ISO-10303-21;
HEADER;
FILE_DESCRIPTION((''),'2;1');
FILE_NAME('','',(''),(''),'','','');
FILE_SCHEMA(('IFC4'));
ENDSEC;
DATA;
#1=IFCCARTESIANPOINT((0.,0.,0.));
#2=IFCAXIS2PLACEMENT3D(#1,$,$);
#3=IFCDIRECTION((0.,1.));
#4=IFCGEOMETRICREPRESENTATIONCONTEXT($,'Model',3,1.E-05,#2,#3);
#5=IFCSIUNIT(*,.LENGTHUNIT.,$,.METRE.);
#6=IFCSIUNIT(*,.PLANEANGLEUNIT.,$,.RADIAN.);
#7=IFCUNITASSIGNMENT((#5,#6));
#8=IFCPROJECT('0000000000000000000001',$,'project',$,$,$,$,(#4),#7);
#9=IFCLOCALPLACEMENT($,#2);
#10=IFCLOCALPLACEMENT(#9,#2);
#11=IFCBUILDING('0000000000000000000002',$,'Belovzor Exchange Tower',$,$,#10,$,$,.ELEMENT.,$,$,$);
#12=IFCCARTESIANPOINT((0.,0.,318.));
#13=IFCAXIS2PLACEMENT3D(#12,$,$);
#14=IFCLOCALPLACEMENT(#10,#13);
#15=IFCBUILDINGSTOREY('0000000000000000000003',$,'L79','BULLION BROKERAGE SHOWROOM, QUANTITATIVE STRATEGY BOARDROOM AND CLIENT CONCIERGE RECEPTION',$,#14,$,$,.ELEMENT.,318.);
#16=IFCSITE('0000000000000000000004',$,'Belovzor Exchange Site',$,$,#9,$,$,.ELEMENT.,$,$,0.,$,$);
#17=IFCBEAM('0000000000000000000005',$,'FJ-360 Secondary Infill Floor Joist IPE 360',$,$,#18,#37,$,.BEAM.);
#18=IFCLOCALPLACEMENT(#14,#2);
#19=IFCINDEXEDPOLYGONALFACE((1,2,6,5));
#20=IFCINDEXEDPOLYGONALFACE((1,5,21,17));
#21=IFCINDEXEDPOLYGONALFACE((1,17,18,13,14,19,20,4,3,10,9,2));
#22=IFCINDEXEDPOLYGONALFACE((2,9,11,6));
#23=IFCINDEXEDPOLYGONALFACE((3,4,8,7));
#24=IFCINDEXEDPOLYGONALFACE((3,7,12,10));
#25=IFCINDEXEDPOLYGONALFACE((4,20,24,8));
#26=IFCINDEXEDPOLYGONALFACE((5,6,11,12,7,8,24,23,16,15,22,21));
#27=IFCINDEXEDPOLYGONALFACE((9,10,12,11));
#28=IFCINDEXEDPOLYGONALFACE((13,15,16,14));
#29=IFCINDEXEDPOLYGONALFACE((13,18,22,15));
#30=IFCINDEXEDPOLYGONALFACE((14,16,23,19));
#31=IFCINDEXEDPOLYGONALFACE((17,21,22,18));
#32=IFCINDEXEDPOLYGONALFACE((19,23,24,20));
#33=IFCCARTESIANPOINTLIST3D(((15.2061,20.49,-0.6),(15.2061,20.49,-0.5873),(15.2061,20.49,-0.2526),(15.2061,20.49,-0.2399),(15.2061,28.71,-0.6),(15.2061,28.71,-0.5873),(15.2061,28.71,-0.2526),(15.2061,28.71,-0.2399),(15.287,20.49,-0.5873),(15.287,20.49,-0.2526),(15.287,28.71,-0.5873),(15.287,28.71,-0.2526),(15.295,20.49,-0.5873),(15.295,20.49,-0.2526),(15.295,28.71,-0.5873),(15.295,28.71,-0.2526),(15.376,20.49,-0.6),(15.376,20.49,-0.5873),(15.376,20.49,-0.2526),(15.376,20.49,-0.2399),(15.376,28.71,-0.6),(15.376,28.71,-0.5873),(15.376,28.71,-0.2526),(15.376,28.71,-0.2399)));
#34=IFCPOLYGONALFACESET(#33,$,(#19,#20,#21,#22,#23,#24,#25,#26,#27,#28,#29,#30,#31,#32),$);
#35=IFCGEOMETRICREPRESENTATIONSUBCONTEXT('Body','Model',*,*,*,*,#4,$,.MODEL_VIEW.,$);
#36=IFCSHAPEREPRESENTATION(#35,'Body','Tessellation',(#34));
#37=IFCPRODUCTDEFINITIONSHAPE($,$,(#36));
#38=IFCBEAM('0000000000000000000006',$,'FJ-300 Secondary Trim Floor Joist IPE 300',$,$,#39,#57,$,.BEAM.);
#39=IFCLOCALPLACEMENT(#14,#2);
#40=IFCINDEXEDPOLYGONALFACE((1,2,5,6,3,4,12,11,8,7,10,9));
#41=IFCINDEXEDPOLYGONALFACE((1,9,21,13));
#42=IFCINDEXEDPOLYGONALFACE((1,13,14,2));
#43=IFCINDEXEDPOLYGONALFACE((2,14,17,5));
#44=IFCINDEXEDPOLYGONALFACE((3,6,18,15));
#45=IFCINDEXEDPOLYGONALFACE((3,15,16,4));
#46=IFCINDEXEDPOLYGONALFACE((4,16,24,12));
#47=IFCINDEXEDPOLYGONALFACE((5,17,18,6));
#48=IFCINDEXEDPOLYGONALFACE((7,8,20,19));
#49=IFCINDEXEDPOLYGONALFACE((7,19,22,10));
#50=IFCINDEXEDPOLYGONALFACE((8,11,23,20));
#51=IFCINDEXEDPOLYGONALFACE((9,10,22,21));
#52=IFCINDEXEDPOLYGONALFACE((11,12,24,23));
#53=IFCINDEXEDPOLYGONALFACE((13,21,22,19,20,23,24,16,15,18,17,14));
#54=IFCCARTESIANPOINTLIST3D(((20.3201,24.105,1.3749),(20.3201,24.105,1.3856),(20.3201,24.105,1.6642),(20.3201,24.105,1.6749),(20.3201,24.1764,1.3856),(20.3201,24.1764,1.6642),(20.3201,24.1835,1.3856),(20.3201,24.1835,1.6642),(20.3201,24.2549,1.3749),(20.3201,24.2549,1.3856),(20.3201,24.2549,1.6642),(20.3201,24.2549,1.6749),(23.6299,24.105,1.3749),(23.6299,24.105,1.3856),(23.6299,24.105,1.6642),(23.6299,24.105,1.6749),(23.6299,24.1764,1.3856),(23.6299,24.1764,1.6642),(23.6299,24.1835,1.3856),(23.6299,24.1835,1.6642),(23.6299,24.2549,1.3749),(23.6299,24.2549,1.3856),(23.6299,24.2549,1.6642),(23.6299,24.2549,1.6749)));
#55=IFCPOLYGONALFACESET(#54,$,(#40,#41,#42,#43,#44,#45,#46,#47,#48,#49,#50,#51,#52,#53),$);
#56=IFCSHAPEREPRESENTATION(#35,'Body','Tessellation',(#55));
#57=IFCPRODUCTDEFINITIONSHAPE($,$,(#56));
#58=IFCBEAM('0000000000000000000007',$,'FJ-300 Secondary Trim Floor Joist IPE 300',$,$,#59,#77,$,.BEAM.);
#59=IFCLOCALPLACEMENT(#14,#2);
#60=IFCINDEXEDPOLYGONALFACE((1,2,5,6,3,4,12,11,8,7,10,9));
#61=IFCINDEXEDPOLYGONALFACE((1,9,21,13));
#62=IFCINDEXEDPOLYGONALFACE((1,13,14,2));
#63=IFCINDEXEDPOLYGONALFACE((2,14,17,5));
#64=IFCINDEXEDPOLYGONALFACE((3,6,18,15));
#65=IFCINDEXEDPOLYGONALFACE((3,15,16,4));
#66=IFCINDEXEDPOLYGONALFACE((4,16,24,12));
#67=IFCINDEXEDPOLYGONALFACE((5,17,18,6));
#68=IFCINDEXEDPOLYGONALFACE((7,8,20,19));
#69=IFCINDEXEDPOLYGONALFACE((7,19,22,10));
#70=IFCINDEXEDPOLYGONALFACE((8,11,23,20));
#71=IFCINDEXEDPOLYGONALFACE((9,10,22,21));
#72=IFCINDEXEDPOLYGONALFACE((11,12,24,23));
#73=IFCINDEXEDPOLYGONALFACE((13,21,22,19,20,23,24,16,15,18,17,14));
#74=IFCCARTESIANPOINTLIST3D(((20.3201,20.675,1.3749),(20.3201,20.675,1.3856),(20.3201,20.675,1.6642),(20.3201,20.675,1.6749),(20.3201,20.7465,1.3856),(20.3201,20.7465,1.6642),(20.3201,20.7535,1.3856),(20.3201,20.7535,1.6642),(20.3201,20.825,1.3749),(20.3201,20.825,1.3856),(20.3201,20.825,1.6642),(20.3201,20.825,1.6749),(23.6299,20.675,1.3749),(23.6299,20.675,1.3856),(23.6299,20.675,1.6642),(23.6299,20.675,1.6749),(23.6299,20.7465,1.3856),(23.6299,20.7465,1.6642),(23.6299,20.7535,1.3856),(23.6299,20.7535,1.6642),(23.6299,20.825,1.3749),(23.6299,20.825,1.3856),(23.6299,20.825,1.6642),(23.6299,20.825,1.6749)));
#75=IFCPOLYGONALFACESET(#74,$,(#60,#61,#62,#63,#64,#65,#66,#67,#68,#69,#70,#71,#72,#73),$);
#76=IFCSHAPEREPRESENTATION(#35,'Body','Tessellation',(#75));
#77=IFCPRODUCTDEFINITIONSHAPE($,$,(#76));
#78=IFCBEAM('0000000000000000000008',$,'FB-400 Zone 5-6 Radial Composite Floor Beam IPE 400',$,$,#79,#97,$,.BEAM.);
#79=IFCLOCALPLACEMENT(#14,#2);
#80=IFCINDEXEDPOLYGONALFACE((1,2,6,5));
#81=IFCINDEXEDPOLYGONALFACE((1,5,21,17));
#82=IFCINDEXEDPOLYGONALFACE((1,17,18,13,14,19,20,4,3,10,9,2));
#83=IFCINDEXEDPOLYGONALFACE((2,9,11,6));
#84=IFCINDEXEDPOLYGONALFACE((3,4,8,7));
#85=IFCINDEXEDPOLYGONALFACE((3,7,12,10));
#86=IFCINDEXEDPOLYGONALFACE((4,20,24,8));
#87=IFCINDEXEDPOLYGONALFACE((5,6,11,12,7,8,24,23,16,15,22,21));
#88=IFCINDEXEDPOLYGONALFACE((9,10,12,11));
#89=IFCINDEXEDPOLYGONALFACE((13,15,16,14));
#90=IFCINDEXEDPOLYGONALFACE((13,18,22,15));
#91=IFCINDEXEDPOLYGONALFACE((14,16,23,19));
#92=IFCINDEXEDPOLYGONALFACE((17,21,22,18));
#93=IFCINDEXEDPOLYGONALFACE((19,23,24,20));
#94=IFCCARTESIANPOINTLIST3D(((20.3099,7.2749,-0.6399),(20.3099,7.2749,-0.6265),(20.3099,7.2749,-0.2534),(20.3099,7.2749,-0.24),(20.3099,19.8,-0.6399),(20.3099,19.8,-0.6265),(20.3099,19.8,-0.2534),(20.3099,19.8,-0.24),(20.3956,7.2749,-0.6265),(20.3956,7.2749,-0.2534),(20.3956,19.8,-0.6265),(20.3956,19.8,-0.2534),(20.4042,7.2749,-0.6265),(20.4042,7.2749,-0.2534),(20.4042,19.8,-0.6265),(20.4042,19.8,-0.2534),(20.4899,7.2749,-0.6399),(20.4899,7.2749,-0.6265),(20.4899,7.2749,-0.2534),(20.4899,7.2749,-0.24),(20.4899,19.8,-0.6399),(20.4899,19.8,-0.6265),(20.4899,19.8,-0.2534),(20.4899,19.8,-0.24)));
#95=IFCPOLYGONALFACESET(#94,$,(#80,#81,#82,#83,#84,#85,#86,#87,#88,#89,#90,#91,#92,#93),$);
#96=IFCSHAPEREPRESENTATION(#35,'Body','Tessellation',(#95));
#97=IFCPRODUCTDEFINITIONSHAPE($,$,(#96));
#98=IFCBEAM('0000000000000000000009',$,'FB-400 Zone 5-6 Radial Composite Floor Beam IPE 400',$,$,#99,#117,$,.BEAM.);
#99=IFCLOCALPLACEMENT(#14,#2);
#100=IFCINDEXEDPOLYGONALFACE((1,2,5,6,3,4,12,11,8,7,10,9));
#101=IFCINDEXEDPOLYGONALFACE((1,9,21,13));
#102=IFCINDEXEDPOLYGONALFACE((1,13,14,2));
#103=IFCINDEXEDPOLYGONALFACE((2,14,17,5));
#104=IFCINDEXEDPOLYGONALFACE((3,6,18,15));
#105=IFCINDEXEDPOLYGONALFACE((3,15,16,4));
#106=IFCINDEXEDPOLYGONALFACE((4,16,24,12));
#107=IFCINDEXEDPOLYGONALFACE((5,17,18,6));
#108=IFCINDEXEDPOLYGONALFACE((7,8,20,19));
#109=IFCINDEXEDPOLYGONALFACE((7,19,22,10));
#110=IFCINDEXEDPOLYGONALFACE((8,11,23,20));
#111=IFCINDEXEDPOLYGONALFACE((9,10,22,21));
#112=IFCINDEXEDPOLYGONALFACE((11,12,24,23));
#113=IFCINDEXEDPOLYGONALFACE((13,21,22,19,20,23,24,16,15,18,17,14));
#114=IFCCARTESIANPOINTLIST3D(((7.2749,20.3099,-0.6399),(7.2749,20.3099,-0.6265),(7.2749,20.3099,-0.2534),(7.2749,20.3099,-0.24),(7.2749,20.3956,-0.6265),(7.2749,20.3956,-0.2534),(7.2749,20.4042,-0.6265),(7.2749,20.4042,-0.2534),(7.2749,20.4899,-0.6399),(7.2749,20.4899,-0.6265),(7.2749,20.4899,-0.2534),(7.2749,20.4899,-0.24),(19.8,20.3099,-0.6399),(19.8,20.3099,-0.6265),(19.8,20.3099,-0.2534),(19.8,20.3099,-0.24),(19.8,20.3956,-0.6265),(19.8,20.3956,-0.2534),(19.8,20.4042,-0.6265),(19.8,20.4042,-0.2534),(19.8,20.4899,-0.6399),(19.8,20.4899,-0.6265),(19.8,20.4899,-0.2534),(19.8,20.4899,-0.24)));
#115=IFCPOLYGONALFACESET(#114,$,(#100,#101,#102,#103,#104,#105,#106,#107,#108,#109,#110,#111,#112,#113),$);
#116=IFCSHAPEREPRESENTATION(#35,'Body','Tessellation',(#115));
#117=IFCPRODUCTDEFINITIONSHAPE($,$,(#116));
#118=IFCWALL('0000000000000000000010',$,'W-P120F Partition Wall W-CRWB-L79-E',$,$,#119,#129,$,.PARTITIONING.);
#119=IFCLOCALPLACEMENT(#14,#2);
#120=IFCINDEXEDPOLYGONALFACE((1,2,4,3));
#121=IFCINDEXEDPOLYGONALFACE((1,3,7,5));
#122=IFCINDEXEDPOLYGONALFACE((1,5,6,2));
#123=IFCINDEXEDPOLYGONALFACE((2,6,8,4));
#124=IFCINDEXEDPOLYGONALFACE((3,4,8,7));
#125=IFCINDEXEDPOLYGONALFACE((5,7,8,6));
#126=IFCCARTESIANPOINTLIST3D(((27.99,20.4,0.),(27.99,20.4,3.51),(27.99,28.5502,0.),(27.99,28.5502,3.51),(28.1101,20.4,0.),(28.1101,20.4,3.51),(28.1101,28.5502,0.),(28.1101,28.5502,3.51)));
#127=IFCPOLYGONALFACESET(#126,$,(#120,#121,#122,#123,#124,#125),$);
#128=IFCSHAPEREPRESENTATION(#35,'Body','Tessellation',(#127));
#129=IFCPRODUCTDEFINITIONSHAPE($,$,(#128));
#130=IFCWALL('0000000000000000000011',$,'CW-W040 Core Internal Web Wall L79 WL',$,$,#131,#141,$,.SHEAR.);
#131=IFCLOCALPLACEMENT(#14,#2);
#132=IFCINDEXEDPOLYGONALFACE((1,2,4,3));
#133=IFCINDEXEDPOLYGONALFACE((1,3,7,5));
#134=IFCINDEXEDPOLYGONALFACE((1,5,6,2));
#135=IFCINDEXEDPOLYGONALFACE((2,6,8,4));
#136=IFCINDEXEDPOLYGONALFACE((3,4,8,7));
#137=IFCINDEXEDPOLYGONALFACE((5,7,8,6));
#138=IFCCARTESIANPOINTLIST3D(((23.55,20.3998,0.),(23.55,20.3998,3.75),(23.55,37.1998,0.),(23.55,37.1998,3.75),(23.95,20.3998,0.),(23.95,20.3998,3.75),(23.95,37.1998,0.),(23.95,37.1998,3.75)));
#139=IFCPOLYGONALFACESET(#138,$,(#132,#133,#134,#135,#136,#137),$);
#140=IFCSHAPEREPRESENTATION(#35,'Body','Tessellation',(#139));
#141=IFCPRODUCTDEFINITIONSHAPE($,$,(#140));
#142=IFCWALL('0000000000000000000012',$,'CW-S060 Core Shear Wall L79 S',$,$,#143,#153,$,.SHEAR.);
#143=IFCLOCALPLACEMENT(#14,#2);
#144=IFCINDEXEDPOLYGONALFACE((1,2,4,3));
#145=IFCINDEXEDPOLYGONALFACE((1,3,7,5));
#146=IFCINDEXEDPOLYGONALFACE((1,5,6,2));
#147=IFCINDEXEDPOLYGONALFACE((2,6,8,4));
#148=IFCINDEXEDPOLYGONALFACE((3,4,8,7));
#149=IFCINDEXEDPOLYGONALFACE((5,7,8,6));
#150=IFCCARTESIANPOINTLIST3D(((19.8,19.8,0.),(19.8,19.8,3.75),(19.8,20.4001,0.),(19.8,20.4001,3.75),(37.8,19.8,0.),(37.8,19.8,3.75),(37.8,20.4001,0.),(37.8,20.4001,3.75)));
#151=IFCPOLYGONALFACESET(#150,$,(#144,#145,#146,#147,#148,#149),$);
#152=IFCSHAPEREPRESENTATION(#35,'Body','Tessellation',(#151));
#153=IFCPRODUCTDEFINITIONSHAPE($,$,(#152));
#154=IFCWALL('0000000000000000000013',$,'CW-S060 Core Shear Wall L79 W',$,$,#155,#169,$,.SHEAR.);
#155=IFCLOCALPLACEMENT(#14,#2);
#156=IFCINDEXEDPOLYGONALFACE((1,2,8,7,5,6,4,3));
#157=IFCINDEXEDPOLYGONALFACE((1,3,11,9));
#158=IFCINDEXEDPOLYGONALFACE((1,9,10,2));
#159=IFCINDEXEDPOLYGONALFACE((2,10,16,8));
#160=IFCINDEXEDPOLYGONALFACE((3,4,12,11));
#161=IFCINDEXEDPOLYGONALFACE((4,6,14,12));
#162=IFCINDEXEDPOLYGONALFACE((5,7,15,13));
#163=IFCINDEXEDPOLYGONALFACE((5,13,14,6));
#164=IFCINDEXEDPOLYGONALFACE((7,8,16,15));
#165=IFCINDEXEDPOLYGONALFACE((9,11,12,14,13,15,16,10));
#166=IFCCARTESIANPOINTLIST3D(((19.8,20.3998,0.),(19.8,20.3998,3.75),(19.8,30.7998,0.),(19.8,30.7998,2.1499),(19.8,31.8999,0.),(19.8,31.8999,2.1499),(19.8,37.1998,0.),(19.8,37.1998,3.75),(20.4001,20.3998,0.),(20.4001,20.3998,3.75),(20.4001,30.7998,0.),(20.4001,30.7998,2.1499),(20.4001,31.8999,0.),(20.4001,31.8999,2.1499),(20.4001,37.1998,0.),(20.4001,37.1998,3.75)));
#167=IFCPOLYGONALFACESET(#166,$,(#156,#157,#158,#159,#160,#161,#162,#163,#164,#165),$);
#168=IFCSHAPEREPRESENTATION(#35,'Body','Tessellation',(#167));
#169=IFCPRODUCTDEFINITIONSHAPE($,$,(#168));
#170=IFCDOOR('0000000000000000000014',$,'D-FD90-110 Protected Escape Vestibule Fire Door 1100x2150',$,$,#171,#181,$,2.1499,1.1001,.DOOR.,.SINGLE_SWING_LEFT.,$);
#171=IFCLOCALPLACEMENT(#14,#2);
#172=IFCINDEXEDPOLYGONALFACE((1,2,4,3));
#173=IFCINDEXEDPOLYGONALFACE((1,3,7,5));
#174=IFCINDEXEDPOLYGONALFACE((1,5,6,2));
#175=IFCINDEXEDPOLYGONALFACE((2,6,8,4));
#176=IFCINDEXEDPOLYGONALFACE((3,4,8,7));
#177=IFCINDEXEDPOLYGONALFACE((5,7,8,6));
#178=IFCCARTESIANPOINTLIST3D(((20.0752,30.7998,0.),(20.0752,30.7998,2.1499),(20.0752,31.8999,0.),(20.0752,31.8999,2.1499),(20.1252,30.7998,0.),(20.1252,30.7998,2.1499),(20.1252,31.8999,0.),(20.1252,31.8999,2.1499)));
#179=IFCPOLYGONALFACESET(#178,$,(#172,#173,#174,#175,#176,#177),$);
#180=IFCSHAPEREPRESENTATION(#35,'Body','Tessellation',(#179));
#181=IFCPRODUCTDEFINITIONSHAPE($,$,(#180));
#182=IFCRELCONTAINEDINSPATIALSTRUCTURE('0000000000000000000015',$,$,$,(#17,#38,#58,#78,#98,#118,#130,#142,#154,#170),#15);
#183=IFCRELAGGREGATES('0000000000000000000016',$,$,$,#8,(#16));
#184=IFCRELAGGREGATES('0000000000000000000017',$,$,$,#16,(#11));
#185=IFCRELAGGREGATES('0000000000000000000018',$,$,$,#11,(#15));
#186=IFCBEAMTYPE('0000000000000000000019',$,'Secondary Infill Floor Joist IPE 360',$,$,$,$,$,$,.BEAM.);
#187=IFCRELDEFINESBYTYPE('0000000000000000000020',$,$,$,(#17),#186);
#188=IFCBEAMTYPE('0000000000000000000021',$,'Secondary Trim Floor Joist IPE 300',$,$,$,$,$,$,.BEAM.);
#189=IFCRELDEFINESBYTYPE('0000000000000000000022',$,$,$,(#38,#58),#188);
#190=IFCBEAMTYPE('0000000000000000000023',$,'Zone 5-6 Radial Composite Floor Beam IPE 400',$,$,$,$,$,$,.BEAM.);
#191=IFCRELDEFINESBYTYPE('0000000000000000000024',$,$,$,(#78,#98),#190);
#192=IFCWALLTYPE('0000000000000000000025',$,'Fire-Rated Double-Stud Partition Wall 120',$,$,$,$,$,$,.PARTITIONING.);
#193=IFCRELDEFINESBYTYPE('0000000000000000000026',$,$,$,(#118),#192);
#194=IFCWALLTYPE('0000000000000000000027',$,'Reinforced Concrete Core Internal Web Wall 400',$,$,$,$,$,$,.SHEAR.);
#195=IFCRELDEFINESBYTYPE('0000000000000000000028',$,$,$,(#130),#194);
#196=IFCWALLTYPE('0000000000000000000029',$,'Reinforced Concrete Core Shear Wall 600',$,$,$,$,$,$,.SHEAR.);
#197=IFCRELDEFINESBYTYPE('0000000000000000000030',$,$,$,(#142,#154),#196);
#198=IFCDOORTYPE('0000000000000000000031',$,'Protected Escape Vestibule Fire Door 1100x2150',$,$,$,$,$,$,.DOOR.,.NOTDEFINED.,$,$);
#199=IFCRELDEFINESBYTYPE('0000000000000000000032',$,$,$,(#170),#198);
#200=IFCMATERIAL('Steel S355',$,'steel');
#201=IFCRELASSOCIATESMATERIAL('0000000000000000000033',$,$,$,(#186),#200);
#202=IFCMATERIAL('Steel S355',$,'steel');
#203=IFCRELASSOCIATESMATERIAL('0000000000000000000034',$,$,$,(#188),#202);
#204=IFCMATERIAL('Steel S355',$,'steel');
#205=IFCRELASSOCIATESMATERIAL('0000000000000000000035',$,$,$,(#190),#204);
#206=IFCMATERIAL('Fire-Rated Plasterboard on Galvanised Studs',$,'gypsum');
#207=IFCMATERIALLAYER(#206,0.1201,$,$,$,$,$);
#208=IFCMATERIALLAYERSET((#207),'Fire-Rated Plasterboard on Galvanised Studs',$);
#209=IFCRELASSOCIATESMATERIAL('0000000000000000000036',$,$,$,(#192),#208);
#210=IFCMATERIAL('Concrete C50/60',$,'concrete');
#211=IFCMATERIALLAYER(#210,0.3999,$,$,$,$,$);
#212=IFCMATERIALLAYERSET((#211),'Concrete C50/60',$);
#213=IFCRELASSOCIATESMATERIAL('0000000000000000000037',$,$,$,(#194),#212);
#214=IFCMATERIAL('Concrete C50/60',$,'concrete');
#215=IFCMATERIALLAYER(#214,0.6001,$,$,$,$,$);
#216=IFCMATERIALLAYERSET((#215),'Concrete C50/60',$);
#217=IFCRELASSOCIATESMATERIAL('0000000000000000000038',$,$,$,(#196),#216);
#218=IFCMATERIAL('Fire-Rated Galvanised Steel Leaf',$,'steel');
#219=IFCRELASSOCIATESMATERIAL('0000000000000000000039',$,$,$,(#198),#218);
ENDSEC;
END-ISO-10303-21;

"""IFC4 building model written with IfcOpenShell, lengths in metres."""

from ifc_helpers import new_model, si_unit, direction, frame, frame_2d, origin, origin_2d, place, context, subcontext, project, spatial, rectangle, i_section, extrude, material, layer, layer_set, material_profile, profile_set, type_object, element, fill, save


model = new_model("IFC4")

# Units and contexts
model_context = context("Model", 3, precision=1e-05, world=origin(), true_north=direction((0.0, 1.0)))
body_context = subcontext(model_context, "Body", "Model", "MODEL_VIEW")
ifc_project = project(units=[si_unit("LENGTHUNIT", "METRE"), si_unit("PLANEANGLEUNIT", "RADIAN")], contexts=[model_context])

# Site, building, storey
site_placement = place(None, origin())
site = spatial("IfcSite", under=ifc_project, at=site_placement, Name="Belovzor Exchange Site", CompositionType="ELEMENT", RefElevation=0.0)
building_placement = place(site_placement, origin())
building = spatial("IfcBuilding", under=site, at=building_placement, Name="Belovzor Exchange Tower", CompositionType="ELEMENT")
storey_placement = place(building_placement, frame((0.0, 0.0, 318.0)))
storey = spatial("IfcBuildingStorey", under=building, at=storey_placement, Name="L79", Description="BULLION BROKERAGE SHOWROOM, QUANTITATIVE STRATEGY BOARDROOM AND CLIENT CONCIERGE RECEPTION", CompositionType="ELEMENT", Elevation=318.0)

# Beams
ifc_material_1 = material(Name="Steel S355", Category="steel")
ifc_material_profile_1 = material_profile(ifc_material_1, i_section(OverallWidth=0.1699, OverallDepth=0.3601, WebThickness=0.0081, FlangeThickness=0.0127, at=origin_2d()))
ifc_profile_set_1 = profile_set([ifc_material_profile_1], Name="Steel S355")
beam_type_1 = type_object("IfcBeamType", Name="Secondary Infill Floor Joist IPE 360", PredefinedType="BEAM", material=ifc_profile_set_1)
beam_placement = place(storey_placement, frame((15.291, 20.49, -0.4199), z_axis=(0.0, 1.0, 0.0), x_axis=(-1.0, 0.0, 0.0)))
element("IfcBeam", 1, at=beam_placement, inside=storey, type_object=beam_type_1, Name="FJ-360 Secondary Infill Floor Joist IPE 360", PredefinedType="BEAM", context=body_context, shape_type="SweptSolid", body=[
    extrude(i_section(OverallWidth=0.1699, OverallDepth=0.3601, WebThickness=0.0081, FlangeThickness=0.0127, at=origin_2d()), origin(), (0.0, 0.0, 1.0), 8.22),
])
ifc_material_2 = material(Name="Steel S355", Category="steel")
ifc_material_profile_2 = material_profile(ifc_material_2, i_section(OverallWidth=0.1499, OverallDepth=0.3, WebThickness=0.0071, FlangeThickness=0.0107, at=origin_2d()))
ifc_profile_set_2 = profile_set([ifc_material_profile_2], Name="Steel S355")
beam_type_2 = type_object("IfcBeamType", Name="Secondary Trim Floor Joist IPE 300", PredefinedType="BEAM", material=ifc_profile_set_2)
for number, where, z_axis, x_axis, name in (
    (2, (20.3201, 24.1799, 1.5249), (1.0, 0.0, 0.0), (0.0, 1.0, 0.0), "FJ-300 Secondary Trim Floor Joist IPE 300"),
    (3, (20.3201, 20.75, 1.5249), (1.0, 0.0, 0.0), (0.0, 1.0, 0.0), "FJ-300 Secondary Trim Floor Joist IPE 300"),
):
    element("IfcBeam", number, at=place(storey_placement, frame(where, z_axis=z_axis, x_axis=x_axis)), inside=storey, type_object=beam_type_2, Name=name, PredefinedType="BEAM", context=body_context, shape_type="SweptSolid", body=[
        extrude(i_section(OverallWidth=0.1499, OverallDepth=0.3, WebThickness=0.0071, FlangeThickness=0.0107, at=origin_2d()), origin(), (0.0, 0.0, 1.0), 3.3098),
    ])
ifc_material_3 = material(Name="Steel S355", Category="steel")
ifc_material_profile_3 = material_profile(ifc_material_3, i_section(OverallWidth=0.1799, OverallDepth=0.3999, WebThickness=0.0085, FlangeThickness=0.0134, at=origin_2d()))
ifc_profile_set_3 = profile_set([ifc_material_profile_3], Name="Steel S355")
beam_type_3 = type_object("IfcBeamType", Name="Zone 5-6 Radial Composite Floor Beam IPE 400", PredefinedType="BEAM", material=ifc_profile_set_3)
for number, where, z_axis, x_axis, name in (
    (4, (20.3999, 19.8, -0.4399), (0.0, -1.0, 0.0), (1.0, 0.0, 0.0), "FB-400 Zone 5-6 Radial Composite Floor Beam IPE 400"),
    (5, (19.8, 20.3999, -0.4399), (-1.0, 0.0, 0.0), (0.0, -1.0, 0.0), "FB-400 Zone 5-6 Radial Composite Floor Beam IPE 400"),
):
    element("IfcBeam", number, at=place(storey_placement, frame(where, z_axis=z_axis, x_axis=x_axis)), inside=storey, type_object=beam_type_3, Name=name, PredefinedType="BEAM", context=body_context, shape_type="SweptSolid", body=[
        extrude(i_section(OverallWidth=0.1799, OverallDepth=0.3999, WebThickness=0.0085, FlangeThickness=0.0134, at=origin_2d()), origin(), (0.0, 0.0, 1.0), 12.5251),
    ])

# Walls
ifc_material_4 = material(Name="Fire-Rated Plasterboard on Galvanised Studs", Category="gypsum")
ifc_layer_1 = layer(ifc_material_4, 0.1201)
ifc_layer_set_1 = layer_set([ifc_layer_1], Name="Fire-Rated Plasterboard on Galvanised Studs")
wall_type_1 = type_object("IfcWallType", Name="Fire-Rated Double-Stud Partition Wall 120", PredefinedType="PARTITIONING", material=ifc_layer_set_1)
wall_1_placement = place(storey_placement, frame((28.05, 20.3999, 0.0), z_axis=(0.0, 0.0, 1.0), x_axis=(0.0, 1.0, 0.0)))
element("IfcWall", 6, at=wall_1_placement, inside=storey, type_object=wall_type_1, Name="W-P120F Partition Wall W-CRWB-L79-E", PredefinedType="PARTITIONING", context=body_context, shape_type="SweptSolid", body=[
    extrude(rectangle(XDim=8.1501, YDim=0.1201, at=frame_2d((4.0752, 0.0))), origin(), (0.0, 0.0, 1.0), 3.51),
])
ifc_material_5 = material(Name="Concrete C50/60", Category="concrete")
ifc_layer_2 = layer(ifc_material_5, 0.3999)
ifc_layer_set_2 = layer_set([ifc_layer_2], Name="Concrete C50/60")
wall_type_2 = type_object("IfcWallType", Name="Reinforced Concrete Core Internal Web Wall 400", PredefinedType="SHEAR", material=ifc_layer_set_2)
wall_2_placement = place(storey_placement, frame((23.75, 20.3999, 0.0), z_axis=(0.0, 0.0, 1.0), x_axis=(0.0, 1.0, 0.0)))
element("IfcWall", 7, at=wall_2_placement, inside=storey, type_object=wall_type_2, Name="CW-W040 Core Internal Web Wall L79 WL", PredefinedType="SHEAR", context=body_context, shape_type="SweptSolid", body=[
    extrude(rectangle(XDim=16.8, YDim=0.3999, at=frame_2d((8.3999, 0.0))), origin(), (0.0, 0.0, 1.0), 3.75),
])
ifc_material_6 = material(Name="Concrete C50/60", Category="concrete")
ifc_layer_3 = layer(ifc_material_6, 0.6001)
ifc_layer_set_3 = layer_set([ifc_layer_3], Name="Concrete C50/60")
wall_type_3 = type_object("IfcWallType", Name="Reinforced Concrete Core Shear Wall 600", PredefinedType="SHEAR", material=ifc_layer_set_3)
wall_3_placement = place(storey_placement, frame((19.8, 20.1001, 0.0), z_axis=(0.0, 0.0, 1.0), x_axis=(1.0, 0.0, 0.0)))
element("IfcWall", 8, at=wall_3_placement, inside=storey, type_object=wall_type_3, Name="CW-S060 Core Shear Wall L79 S", PredefinedType="SHEAR", context=body_context, shape_type="SweptSolid", body=[
    extrude(rectangle(XDim=18.0, YDim=0.6001, at=frame_2d((9.0, 0.0))), origin(), (0.0, 0.0, 1.0), 3.75),
])

# Wall, opening, door
wall_4_placement = place(storey_placement, frame((20.1001, 20.3999, 0.0), z_axis=(0.0, 0.0, 1.0), x_axis=(0.0, 1.0, 0.0)))
wall_4 = element("IfcWall", 9, at=wall_4_placement, inside=storey, type_object=wall_type_3, Name="CW-S060 Core Shear Wall L79 W", PredefinedType="SHEAR", context=body_context, shape_type="SweptSolid", body=[
    extrude(rectangle(XDim=16.8, YDim=0.6001, at=frame_2d((8.3999, 0.0))), origin(), (0.0, 0.0, 1.0), 3.75),
])
opening_placement = place(wall_4_placement, frame((10.3999, 0.0, 0.0)))
opening = element("IfcOpeningElement", 10, at=opening_placement, cuts=wall_4, PredefinedType="OPENING", context=body_context, shape_type="SweptSolid", body=[
    extrude(rectangle(XDim=1.1001, YDim=2.1499, at=frame_2d((0.55, 1.075))), frame((0.0, 0.3101, 0.0), z_axis=(0.0, -1.0, 0.0), x_axis=(1.0, 0.0, 0.0)), (0.0, 0.0, 1.0), 0.6201),
])
ifc_material_7 = material(Name="Fire-Rated Galvanised Steel Leaf", Category="steel")
door_type = type_object("IfcDoorType", Name="Protected Escape Vestibule Fire Door 1100x2150", OperationType="NOTDEFINED", PredefinedType="DOOR", material=ifc_material_7)
door_placement = place(opening_placement, origin())
door = element("IfcDoor", 11, at=door_placement, inside=storey, type_object=door_type, Name="D-FD90-110 Protected Escape Vestibule Fire Door 1100x2150", OperationType="SINGLE_SWING_LEFT", OverallHeight=2.1499, OverallWidth=1.1001, PredefinedType="DOOR", context=body_context, shape_type="SweptSolid", body=[
    extrude(rectangle(XDim=1.1001, YDim=2.1499, at=frame_2d((0.55, 1.075))), frame((0.0, 0.0249, 0.0), z_axis=(0.0, -1.0, 0.0), x_axis=(1.0, 0.0, 0.0)), (0.0, 0.0, 1.0), 0.05),
])
fill(opening, door)

save(model, "model.ifc")
